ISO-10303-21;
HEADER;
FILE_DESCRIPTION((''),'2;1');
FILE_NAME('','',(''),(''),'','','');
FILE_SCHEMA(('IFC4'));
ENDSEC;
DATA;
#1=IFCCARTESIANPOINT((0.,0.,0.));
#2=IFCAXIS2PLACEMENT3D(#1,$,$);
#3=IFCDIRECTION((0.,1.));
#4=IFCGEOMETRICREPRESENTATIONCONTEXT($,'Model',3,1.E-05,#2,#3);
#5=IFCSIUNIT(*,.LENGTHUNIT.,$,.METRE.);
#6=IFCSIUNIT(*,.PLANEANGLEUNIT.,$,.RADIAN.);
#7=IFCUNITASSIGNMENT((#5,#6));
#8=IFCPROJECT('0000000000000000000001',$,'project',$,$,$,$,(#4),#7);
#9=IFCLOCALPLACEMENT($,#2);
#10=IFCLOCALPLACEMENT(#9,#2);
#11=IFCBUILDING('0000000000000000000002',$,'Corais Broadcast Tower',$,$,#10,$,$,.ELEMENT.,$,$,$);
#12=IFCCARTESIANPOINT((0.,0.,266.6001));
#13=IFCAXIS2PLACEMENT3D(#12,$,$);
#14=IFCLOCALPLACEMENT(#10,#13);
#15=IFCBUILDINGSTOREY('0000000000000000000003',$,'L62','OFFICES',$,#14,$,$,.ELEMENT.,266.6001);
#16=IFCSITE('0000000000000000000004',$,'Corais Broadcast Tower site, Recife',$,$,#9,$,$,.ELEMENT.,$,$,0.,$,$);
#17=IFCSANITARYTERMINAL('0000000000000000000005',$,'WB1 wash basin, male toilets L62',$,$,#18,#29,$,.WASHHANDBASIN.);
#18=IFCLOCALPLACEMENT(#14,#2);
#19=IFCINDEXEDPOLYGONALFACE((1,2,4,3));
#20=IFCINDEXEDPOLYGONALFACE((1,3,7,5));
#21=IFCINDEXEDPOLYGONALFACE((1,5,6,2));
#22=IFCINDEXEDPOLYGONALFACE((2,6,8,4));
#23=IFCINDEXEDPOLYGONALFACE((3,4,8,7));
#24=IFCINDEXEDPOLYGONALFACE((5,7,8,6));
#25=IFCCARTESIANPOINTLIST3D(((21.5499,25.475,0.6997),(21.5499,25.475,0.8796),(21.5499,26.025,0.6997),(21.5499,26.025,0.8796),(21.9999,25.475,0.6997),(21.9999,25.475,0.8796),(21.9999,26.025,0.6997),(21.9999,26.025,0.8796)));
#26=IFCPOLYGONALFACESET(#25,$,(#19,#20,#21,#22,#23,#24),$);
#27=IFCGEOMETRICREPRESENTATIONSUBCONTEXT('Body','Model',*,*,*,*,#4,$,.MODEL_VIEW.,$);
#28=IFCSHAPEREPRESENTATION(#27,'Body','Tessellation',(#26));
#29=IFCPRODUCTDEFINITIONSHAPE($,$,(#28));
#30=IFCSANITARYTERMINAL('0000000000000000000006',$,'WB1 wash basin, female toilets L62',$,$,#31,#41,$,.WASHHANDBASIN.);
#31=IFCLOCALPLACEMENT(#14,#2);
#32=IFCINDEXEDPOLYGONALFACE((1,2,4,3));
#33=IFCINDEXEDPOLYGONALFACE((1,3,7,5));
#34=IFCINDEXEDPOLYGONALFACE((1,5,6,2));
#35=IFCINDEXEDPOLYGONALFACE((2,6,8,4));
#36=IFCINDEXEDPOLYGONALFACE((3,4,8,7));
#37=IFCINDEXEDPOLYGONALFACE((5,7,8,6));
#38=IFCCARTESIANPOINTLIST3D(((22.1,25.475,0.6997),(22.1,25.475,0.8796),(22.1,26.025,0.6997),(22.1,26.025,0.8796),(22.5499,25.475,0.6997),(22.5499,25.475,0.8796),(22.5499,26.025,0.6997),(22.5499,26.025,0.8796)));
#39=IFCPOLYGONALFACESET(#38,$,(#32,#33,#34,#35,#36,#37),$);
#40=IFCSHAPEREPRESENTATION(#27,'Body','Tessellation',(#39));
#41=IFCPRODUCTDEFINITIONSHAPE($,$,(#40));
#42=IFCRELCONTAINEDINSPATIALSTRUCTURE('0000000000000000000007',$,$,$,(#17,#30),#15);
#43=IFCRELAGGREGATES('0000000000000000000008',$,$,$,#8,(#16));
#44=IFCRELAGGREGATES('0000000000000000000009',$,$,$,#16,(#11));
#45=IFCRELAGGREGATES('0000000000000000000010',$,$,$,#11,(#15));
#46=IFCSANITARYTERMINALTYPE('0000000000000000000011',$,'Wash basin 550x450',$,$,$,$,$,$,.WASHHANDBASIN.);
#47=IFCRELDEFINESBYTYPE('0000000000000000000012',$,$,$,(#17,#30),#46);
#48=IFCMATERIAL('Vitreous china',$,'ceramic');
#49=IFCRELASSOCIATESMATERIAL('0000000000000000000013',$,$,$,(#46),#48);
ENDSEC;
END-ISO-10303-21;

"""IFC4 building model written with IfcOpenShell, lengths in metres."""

from ifc_helpers import new_model, si_unit, direction, frame, origin, origin_2d, place, context, subcontext, project, spatial, rectangle, extrude, material, type_object, element, save


model = new_model("IFC4")

# Units and contexts
model_context = context("Model", 3, precision=1e-05, world=origin(), true_north=direction((0.0, 1.0)))
body_context = subcontext(model_context, "Body", "Model", "MODEL_VIEW")
ifc_project = project(units=[si_unit("LENGTHUNIT", "METRE"), si_unit("PLANEANGLEUNIT", "RADIAN")], contexts=[model_context])

# Site, building, storey
site_placement = place(None, origin())
site = spatial("IfcSite", under=ifc_project, at=site_placement, Name="Corais Broadcast Tower site, Recife", CompositionType="ELEMENT", RefElevation=0.0)
building_placement = place(site_placement, origin())
building = spatial("IfcBuilding", under=site, at=building_placement, Name="Corais Broadcast Tower", CompositionType="ELEMENT")
storey_placement = place(building_placement, frame((0.0, 0.0, 266.6001)))
storey = spatial("IfcBuildingStorey", under=building, at=storey_placement, Name="L62", Description="OFFICES", CompositionType="ELEMENT", Elevation=266.6001)

# Sanitary terminals
ifc_material_1 = material(Name="Vitreous china", Category="ceramic")
sanitary_terminal_type_1 = type_object("IfcSanitaryTerminalType", Name="Wash basin 550x450", PredefinedType="WASHHANDBASIN", material=ifc_material_1)
for number, where, z_axis, x_axis, name in (
    (1, (21.7749, 25.75, 0.6997), (0.0, 0.0, 1.0), (1.0, 0.0, 0.0), "WB1 wash basin, male toilets L62"),
    (2, (22.325, 25.75, 0.6997), (0.0, 0.0, 1.0), (1.0, 0.0, 0.0), "WB1 wash basin, female toilets L62"),
):
    element("IfcSanitaryTerminal", number, at=place(storey_placement, frame(where, z_axis=z_axis, x_axis=x_axis)), inside=storey, type_object=sanitary_terminal_type_1, Name=name, PredefinedType="WASHHANDBASIN", context=body_context, shape_type="SweptSolid", body=[
        extrude(rectangle(XDim=0.45, YDim=0.55, at=origin_2d()), origin(), (0.0, 0.0, 1.0), 0.1799),
    ])

save(model, "model.ifc")
